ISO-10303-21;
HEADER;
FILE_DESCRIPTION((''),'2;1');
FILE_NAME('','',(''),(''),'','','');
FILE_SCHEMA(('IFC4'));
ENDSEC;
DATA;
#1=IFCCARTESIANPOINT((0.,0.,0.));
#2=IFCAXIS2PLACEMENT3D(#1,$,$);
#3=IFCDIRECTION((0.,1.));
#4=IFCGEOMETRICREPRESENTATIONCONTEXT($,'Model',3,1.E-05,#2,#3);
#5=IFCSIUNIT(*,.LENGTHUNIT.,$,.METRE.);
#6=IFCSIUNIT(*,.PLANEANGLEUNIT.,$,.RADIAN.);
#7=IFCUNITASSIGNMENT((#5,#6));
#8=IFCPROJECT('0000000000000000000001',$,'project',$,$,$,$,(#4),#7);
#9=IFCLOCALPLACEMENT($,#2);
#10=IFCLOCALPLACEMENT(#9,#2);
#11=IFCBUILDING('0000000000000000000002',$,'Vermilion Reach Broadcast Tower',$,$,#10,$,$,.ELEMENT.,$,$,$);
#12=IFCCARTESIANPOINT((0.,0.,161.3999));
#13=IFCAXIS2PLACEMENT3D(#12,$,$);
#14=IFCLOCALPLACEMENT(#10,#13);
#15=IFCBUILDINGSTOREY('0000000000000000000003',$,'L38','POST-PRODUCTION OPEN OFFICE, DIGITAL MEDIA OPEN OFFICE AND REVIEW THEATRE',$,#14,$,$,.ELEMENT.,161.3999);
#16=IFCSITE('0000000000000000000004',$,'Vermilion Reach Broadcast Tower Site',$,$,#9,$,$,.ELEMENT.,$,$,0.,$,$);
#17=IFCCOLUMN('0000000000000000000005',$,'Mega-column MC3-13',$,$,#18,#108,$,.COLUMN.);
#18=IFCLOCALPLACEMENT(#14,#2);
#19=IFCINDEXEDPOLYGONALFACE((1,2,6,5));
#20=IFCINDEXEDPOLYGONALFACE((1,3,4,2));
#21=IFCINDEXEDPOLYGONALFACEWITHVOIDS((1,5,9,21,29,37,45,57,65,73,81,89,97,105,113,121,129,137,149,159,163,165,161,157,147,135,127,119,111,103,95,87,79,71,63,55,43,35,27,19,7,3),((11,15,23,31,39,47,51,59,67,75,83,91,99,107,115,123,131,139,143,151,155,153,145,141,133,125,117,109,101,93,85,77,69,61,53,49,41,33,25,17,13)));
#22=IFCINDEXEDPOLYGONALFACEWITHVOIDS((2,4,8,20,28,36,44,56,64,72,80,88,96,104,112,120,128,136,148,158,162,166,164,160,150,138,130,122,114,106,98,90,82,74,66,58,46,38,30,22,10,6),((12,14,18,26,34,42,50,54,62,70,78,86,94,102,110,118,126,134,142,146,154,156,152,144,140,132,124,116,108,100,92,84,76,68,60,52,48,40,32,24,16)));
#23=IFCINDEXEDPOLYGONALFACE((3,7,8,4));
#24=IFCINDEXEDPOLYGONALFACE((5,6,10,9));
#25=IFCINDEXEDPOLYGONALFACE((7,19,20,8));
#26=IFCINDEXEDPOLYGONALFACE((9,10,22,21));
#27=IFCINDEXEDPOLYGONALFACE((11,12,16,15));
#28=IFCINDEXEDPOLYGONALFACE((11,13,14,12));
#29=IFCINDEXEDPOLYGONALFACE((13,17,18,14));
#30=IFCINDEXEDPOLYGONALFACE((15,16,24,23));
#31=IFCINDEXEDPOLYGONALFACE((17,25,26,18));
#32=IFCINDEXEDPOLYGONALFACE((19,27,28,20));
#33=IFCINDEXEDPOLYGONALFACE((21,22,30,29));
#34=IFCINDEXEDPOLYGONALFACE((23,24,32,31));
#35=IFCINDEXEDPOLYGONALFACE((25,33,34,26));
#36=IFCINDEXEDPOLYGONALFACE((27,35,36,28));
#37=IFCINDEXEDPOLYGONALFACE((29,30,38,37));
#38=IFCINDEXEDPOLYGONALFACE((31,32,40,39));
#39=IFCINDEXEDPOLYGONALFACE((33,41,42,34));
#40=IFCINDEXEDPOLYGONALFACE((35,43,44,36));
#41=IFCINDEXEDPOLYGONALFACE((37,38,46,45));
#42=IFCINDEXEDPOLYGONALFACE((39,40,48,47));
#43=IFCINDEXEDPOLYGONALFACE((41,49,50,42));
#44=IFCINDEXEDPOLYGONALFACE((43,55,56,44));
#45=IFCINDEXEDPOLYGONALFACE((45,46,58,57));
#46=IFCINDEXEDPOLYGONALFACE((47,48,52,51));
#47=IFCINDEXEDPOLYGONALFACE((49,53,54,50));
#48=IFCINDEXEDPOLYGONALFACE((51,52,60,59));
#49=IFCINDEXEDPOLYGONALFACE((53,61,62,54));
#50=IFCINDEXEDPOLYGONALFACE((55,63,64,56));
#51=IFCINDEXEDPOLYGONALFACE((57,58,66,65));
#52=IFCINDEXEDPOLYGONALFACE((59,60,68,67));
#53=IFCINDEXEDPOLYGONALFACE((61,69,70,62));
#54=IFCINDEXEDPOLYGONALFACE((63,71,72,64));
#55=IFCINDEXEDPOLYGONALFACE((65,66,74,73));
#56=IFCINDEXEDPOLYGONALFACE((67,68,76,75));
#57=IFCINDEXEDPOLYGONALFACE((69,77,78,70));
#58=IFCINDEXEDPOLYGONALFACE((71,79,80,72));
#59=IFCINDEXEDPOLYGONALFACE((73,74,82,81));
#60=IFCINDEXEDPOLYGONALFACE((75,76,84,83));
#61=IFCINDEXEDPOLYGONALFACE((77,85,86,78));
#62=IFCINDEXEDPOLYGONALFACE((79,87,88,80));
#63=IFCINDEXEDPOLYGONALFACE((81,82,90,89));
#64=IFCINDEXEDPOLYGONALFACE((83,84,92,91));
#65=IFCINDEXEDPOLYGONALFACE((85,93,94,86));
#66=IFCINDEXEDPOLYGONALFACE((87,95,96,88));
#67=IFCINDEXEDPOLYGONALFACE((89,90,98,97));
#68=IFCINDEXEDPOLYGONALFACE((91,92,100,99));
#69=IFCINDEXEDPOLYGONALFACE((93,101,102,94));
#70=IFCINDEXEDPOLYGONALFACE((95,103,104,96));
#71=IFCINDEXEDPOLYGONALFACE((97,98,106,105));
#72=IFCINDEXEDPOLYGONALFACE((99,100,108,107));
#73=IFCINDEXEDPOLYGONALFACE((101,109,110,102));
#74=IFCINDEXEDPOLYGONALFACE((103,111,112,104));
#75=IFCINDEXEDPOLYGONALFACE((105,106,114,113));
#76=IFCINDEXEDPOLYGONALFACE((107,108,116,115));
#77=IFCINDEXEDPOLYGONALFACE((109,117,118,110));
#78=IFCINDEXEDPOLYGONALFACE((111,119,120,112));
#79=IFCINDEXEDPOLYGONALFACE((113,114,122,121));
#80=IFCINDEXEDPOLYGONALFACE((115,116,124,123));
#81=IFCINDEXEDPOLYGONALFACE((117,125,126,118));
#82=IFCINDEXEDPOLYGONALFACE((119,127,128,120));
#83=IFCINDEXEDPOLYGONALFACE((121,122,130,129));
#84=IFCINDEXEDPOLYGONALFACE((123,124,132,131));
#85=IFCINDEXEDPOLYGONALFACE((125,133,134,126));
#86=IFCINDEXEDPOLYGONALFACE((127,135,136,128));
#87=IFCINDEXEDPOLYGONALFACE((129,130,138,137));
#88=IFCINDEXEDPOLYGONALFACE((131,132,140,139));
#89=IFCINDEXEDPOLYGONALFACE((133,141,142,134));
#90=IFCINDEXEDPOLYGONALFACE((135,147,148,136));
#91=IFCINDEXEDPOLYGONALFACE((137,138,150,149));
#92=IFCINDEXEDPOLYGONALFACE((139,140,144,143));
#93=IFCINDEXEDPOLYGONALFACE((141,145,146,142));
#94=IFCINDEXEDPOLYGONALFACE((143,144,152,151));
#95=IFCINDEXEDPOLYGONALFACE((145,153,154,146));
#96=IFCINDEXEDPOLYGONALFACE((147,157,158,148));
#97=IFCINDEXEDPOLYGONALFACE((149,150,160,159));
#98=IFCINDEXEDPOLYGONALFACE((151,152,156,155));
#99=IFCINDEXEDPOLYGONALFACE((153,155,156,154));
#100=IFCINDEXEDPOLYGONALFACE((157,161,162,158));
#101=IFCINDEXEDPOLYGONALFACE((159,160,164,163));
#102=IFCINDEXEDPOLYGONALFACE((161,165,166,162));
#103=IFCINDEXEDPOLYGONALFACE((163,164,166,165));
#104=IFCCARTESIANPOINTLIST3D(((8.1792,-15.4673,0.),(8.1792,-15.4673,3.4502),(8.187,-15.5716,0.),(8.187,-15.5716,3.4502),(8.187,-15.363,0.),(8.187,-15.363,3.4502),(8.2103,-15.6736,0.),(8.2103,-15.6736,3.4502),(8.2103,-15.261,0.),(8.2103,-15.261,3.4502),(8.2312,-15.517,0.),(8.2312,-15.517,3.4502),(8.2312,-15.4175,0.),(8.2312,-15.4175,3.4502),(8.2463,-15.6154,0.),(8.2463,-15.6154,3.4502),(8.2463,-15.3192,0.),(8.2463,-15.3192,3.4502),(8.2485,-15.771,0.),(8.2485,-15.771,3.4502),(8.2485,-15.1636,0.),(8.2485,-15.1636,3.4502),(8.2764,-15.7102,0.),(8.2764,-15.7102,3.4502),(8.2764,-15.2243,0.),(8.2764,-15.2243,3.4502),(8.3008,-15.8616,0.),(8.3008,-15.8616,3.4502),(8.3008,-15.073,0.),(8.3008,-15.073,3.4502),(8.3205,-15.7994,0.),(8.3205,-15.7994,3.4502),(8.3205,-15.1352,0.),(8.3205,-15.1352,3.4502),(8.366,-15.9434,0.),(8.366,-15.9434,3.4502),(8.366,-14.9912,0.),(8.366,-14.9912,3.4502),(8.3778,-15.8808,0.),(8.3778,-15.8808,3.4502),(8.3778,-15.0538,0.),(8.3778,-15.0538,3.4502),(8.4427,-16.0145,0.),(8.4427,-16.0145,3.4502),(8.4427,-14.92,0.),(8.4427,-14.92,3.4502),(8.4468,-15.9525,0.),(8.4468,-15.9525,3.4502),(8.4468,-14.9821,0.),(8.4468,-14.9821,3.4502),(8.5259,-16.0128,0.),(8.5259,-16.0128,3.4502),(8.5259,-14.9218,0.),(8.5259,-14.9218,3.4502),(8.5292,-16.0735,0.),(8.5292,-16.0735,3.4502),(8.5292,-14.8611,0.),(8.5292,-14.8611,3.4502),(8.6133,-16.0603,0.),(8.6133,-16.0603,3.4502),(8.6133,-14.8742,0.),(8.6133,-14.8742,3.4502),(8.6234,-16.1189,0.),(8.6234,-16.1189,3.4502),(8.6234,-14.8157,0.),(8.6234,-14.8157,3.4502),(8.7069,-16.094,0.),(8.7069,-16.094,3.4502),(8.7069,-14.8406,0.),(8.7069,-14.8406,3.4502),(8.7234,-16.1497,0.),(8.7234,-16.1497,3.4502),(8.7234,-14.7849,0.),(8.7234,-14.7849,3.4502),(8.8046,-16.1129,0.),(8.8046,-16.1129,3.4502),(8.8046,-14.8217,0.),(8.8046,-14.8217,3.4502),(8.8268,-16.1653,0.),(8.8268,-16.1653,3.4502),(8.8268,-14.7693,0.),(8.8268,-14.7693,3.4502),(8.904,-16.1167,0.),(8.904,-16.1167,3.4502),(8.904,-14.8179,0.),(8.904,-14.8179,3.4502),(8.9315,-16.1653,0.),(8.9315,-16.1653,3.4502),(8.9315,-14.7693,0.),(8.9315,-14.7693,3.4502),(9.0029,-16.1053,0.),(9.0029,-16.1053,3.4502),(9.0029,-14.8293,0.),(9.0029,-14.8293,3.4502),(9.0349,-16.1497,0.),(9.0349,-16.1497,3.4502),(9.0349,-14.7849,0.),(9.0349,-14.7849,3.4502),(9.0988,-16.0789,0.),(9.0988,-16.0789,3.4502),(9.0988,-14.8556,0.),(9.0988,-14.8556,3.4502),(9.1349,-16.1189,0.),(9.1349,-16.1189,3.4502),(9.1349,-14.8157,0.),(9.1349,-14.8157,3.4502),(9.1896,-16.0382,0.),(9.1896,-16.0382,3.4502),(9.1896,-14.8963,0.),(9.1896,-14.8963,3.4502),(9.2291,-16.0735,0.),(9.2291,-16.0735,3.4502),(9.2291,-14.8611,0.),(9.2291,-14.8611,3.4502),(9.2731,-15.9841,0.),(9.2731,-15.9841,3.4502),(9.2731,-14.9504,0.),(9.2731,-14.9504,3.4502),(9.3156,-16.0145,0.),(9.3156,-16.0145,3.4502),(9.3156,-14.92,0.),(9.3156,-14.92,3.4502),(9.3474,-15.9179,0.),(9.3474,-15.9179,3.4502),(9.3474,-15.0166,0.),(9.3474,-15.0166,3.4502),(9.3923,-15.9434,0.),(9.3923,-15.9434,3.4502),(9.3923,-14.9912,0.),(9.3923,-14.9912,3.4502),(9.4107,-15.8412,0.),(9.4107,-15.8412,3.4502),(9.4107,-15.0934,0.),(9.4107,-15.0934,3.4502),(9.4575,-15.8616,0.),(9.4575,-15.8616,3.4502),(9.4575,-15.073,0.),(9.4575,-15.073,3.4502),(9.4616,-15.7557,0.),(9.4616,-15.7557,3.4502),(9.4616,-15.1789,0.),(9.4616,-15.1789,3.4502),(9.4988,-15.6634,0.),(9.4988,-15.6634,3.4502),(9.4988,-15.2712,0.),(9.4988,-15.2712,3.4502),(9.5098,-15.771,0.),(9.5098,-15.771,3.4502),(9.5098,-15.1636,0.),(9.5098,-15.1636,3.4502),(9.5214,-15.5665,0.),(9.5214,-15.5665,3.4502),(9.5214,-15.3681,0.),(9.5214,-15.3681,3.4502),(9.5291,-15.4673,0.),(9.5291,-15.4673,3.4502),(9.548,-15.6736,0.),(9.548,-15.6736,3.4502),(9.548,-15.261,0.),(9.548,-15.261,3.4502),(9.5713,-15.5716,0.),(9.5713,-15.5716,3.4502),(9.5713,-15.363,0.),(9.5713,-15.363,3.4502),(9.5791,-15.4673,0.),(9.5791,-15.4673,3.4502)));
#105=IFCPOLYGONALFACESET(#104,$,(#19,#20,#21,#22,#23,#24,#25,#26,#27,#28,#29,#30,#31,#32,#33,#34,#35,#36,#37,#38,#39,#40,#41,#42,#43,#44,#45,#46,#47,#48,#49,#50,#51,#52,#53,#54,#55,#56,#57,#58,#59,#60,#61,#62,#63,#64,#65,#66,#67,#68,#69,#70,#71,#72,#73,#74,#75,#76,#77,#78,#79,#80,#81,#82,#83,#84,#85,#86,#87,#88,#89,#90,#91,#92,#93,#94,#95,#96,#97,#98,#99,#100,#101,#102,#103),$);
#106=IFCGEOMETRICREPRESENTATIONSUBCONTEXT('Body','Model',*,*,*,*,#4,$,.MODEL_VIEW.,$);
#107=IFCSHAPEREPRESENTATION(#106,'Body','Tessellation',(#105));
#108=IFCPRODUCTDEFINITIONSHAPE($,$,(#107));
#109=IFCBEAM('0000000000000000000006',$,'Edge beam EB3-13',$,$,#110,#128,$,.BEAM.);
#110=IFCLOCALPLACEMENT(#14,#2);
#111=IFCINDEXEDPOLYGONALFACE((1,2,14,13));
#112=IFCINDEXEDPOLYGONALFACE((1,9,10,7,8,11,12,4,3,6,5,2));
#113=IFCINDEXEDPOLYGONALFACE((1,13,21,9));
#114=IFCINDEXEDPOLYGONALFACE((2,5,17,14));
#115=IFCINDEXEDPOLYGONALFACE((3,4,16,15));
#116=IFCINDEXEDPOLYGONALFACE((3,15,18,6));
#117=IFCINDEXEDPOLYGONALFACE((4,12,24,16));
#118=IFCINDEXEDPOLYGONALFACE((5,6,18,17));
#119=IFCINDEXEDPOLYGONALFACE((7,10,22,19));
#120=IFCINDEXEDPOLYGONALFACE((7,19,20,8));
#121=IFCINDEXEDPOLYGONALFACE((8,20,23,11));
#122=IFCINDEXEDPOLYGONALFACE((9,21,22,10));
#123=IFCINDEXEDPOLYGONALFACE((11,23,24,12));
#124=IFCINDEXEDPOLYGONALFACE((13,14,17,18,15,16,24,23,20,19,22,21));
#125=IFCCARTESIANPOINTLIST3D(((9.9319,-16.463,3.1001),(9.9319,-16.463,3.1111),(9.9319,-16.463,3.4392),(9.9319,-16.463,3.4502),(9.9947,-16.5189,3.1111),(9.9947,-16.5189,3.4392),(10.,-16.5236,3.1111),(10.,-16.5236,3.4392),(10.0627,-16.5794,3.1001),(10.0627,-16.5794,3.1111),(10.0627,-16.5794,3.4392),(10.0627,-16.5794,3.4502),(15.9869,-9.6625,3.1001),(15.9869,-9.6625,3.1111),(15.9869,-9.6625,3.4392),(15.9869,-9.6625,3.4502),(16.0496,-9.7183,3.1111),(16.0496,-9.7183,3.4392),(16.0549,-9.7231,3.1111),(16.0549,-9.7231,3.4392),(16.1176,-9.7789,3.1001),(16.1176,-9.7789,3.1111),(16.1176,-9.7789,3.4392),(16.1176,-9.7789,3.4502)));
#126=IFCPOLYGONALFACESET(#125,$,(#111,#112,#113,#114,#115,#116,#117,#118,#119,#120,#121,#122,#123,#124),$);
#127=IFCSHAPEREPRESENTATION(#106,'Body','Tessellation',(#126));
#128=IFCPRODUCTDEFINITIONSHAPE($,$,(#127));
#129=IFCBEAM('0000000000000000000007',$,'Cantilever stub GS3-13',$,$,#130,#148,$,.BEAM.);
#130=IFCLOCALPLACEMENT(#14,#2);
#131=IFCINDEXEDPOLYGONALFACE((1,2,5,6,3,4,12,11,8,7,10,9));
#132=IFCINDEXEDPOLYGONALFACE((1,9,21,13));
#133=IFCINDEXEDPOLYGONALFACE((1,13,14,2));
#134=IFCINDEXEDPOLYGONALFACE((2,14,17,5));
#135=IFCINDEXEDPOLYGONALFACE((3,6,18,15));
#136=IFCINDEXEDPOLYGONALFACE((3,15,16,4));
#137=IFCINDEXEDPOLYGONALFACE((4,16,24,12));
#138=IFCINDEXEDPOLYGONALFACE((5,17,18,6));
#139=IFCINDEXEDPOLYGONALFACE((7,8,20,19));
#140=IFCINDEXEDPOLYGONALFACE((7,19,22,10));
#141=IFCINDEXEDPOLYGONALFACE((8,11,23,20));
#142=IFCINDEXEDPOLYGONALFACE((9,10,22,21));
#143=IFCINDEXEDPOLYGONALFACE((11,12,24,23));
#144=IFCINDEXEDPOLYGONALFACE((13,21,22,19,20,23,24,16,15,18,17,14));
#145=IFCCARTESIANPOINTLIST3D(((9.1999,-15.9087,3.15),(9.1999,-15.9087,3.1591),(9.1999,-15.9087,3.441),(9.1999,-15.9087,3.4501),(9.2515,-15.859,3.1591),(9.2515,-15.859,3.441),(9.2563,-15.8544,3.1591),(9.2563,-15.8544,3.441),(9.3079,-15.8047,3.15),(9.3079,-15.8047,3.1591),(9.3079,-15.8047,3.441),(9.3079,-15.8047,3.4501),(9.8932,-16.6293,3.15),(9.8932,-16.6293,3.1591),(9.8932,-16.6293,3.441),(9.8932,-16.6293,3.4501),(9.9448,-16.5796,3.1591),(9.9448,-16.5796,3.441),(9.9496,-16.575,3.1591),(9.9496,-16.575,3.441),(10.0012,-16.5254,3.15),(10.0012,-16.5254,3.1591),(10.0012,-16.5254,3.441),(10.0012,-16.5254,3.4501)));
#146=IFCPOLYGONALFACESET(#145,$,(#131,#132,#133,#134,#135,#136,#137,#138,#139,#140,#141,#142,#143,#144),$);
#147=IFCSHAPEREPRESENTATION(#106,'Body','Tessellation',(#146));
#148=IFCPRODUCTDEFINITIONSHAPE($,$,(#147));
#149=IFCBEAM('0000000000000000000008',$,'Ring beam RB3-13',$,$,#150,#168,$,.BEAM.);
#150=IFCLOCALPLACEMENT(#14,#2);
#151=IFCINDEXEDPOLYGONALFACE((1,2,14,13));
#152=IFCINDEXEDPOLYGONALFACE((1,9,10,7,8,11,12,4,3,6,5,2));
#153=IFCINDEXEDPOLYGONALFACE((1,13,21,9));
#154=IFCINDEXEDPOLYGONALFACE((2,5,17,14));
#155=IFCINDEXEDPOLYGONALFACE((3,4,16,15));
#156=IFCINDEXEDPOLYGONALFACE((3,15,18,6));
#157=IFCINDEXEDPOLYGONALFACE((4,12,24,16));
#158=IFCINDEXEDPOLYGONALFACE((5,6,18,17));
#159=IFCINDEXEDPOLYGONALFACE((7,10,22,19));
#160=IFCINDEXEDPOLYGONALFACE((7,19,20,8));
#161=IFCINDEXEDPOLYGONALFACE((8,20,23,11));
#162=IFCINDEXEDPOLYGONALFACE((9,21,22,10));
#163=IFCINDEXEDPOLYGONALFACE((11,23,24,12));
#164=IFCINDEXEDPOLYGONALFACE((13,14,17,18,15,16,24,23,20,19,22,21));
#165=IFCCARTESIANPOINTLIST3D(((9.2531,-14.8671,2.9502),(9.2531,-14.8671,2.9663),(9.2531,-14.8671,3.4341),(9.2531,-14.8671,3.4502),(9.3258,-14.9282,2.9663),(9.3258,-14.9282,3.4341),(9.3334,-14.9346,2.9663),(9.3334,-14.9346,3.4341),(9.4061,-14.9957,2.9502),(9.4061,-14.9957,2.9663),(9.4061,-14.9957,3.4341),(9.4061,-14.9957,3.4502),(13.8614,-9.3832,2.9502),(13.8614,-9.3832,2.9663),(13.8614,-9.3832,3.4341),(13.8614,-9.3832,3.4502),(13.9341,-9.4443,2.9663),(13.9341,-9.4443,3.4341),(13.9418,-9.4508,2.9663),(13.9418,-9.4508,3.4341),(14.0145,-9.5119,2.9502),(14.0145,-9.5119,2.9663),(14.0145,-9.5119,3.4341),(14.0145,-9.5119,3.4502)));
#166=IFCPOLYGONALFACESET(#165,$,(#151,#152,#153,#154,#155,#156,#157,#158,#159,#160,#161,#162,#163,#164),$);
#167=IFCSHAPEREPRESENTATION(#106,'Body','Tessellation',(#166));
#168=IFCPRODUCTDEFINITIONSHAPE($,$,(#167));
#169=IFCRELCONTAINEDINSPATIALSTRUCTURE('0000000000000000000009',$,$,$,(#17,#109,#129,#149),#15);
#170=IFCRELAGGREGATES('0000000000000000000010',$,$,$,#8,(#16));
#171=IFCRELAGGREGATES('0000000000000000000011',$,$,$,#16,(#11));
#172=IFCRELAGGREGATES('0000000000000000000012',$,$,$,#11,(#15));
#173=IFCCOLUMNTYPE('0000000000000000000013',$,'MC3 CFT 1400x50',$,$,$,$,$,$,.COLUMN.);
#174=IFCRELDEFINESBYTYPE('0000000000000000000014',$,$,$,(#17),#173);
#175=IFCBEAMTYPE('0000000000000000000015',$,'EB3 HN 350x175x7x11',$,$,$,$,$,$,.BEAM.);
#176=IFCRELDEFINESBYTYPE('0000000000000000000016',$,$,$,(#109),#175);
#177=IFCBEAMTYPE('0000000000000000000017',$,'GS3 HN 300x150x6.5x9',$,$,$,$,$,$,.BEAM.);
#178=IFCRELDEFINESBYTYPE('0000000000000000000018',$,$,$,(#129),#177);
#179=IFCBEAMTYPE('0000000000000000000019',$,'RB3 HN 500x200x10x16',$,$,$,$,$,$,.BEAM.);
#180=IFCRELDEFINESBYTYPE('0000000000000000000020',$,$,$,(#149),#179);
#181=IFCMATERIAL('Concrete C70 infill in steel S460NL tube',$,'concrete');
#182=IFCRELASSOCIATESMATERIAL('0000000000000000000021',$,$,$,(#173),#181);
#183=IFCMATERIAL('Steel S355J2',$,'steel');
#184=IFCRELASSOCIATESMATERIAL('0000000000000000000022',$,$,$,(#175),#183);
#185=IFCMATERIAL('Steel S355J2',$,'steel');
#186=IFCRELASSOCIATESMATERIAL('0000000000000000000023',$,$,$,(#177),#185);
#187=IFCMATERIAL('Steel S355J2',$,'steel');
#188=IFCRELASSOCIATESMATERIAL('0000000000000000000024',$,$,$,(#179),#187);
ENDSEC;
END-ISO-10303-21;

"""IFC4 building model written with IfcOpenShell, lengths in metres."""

from ifc_helpers import new_model, si_unit, direction, frame, origin, origin_2d, place, context, subcontext, project, spatial, hollow_circle, i_section, extrude, material, material_profile, profile_set, type_object, element, save


model = new_model("IFC4")

# Units and contexts
model_context = context("Model", 3, precision=1e-05, world=origin(), true_north=direction((0.0, 1.0)))
body_context = subcontext(model_context, "Body", "Model", "MODEL_VIEW")
ifc_project = project(units=[si_unit("LENGTHUNIT", "METRE"), si_unit("PLANEANGLEUNIT", "RADIAN")], contexts=[model_context])

# Site, building, storey
site_placement = place(None, origin())
site = spatial("IfcSite", under=ifc_project, at=site_placement, Name="Vermilion Reach Broadcast Tower Site", CompositionType="ELEMENT", RefElevation=0.0)
building_placement = place(site_placement, origin())
building = spatial("IfcBuilding", under=site, at=building_placement, Name="Vermilion Reach Broadcast Tower", CompositionType="ELEMENT")
storey_placement = place(building_placement, frame((0.0, 0.0, 161.3999)))
storey = spatial("IfcBuildingStorey", under=building, at=storey_placement, Name="L38", Description="POST-PRODUCTION OPEN OFFICE, DIGITAL MEDIA OPEN OFFICE AND REVIEW THEATRE", CompositionType="ELEMENT", Elevation=161.3999)

# Column
ifc_material_1 = material(Name="Concrete C70 infill in steel S460NL tube", Category="concrete")
ifc_material_profile_1 = material_profile(ifc_material_1, hollow_circle(Radius=0.7, WallThickness=0.05, at=origin_2d()), Name="Concrete C70 infill in steel S460NL tube CFT 1400x50")
ifc_profile_set_1 = profile_set([ifc_material_profile_1], Name="Concrete C70 infill in steel S460NL tube")
column_type = type_object("IfcColumnType", Name="MC3 CFT 1400x50", PredefinedType="COLUMN", material=ifc_profile_set_1)
column_placement = place(storey_placement, frame((8.8792, -15.4673, 0.0), z_axis=(0.0, 0.0, 1.0), x_axis=(1.0, 0.0, 0.0)))
element("IfcColumn", 1, at=column_placement, inside=storey, type_object=column_type, Name="Mega-column MC3-13", PredefinedType="COLUMN", context=body_context, shape_type="SweptSolid", body=[
    extrude(hollow_circle(Radius=0.7, WallThickness=0.05, at=origin_2d()), origin(), (0.0, 0.0, 1.0), 3.4502),
])

# Beams
ifc_material_2 = material(Name="Steel S355J2", Category="steel")
ifc_material_profile_2 = material_profile(ifc_material_2, i_section(OverallWidth=0.175, OverallDepth=0.3501, WebThickness=0.0071, FlangeThickness=0.011, at=origin_2d()), Name="S355J2 HN 350x175x7x11")
ifc_profile_set_2 = profile_set([ifc_material_profile_2], Name="Steel S355J2")
beam_type_1 = type_object("IfcBeamType", Name="EB3 HN 350x175x7x11", PredefinedType="BEAM", material=ifc_profile_set_2)
beam_1_placement = place(storey_placement, frame((9.9973, -16.5212, 3.2751), z_axis=(0.664978, 0.746863, 0.0), x_axis=(-0.746863, 0.664978, 0.0)))
element("IfcBeam", 2, at=beam_1_placement, inside=storey, type_object=beam_type_1, Name="Edge beam EB3-13", PredefinedType="BEAM", context=body_context, shape_type="SweptSolid", body=[
    extrude(i_section(OverallWidth=0.175, OverallDepth=0.3501, WebThickness=0.0071, FlangeThickness=0.011, at=origin_2d()), origin(), (0.0, 0.0, 1.0), 9.1055),
])
ifc_material_3 = material(Name="Steel S355J2", Category="steel")
ifc_material_profile_3 = material_profile(ifc_material_3, i_section(OverallWidth=0.1499, OverallDepth=0.3, WebThickness=0.0066, FlangeThickness=0.009, at=origin_2d()), Name="S355J2 HN 300x150x6.5x9")
ifc_profile_set_3 = profile_set([ifc_material_profile_3], Name="Steel S355J2")
beam_type_2 = type_object("IfcBeamType", Name="GS3 HN 300x150x6.5x9", PredefinedType="BEAM", material=ifc_profile_set_3)
beam_2_placement = place(storey_placement, frame((9.2539, -15.8567, 3.3), z_axis=(0.693304, -0.720645, 0.0), x_axis=(0.720645, 0.693304, 0.0)))
element("IfcBeam", 3, at=beam_2_placement, inside=storey, type_object=beam_type_2, Name="Cantilever stub GS3-13", PredefinedType="BEAM", context=body_context, shape_type="SweptSolid", body=[
    extrude(i_section(OverallWidth=0.1499, OverallDepth=0.3, WebThickness=0.0066, FlangeThickness=0.009, at=origin_2d()), origin(), (0.0, 0.0, 1.0), 1.0),
])
ifc_material_4 = material(Name="Steel S355J2", Category="steel")
ifc_material_profile_4 = material_profile(ifc_material_4, i_section(OverallWidth=0.2, OverallDepth=0.5, WebThickness=0.01, FlangeThickness=0.0161, at=origin_2d()), Name="S355J2 HN 500x200x10x16")
ifc_profile_set_4 = profile_set([ifc_material_profile_4], Name="Steel S355J2")
beam_type_3 = type_object("IfcBeamType", Name="RB3 HN 500x200x10x16", PredefinedType="BEAM", material=ifc_profile_set_4)
beam_3_placement = place(storey_placement, frame((9.3296, -14.9314, 3.2002), z_axis=(0.64335, 0.765572, 0.0), x_axis=(-0.765572, 0.64335, 0.0)))
element("IfcBeam", 4, at=beam_3_placement, inside=storey, type_object=beam_type_3, Name="Ring beam RB3-13", PredefinedType="BEAM", context=body_context, shape_type="SweptSolid", body=[
    extrude(i_section(OverallWidth=0.2, OverallDepth=0.5, WebThickness=0.01, FlangeThickness=0.0161, at=origin_2d()), origin(), (0.0, 0.0, 1.0), 7.1631),
])

save(model, "model.ifc")
